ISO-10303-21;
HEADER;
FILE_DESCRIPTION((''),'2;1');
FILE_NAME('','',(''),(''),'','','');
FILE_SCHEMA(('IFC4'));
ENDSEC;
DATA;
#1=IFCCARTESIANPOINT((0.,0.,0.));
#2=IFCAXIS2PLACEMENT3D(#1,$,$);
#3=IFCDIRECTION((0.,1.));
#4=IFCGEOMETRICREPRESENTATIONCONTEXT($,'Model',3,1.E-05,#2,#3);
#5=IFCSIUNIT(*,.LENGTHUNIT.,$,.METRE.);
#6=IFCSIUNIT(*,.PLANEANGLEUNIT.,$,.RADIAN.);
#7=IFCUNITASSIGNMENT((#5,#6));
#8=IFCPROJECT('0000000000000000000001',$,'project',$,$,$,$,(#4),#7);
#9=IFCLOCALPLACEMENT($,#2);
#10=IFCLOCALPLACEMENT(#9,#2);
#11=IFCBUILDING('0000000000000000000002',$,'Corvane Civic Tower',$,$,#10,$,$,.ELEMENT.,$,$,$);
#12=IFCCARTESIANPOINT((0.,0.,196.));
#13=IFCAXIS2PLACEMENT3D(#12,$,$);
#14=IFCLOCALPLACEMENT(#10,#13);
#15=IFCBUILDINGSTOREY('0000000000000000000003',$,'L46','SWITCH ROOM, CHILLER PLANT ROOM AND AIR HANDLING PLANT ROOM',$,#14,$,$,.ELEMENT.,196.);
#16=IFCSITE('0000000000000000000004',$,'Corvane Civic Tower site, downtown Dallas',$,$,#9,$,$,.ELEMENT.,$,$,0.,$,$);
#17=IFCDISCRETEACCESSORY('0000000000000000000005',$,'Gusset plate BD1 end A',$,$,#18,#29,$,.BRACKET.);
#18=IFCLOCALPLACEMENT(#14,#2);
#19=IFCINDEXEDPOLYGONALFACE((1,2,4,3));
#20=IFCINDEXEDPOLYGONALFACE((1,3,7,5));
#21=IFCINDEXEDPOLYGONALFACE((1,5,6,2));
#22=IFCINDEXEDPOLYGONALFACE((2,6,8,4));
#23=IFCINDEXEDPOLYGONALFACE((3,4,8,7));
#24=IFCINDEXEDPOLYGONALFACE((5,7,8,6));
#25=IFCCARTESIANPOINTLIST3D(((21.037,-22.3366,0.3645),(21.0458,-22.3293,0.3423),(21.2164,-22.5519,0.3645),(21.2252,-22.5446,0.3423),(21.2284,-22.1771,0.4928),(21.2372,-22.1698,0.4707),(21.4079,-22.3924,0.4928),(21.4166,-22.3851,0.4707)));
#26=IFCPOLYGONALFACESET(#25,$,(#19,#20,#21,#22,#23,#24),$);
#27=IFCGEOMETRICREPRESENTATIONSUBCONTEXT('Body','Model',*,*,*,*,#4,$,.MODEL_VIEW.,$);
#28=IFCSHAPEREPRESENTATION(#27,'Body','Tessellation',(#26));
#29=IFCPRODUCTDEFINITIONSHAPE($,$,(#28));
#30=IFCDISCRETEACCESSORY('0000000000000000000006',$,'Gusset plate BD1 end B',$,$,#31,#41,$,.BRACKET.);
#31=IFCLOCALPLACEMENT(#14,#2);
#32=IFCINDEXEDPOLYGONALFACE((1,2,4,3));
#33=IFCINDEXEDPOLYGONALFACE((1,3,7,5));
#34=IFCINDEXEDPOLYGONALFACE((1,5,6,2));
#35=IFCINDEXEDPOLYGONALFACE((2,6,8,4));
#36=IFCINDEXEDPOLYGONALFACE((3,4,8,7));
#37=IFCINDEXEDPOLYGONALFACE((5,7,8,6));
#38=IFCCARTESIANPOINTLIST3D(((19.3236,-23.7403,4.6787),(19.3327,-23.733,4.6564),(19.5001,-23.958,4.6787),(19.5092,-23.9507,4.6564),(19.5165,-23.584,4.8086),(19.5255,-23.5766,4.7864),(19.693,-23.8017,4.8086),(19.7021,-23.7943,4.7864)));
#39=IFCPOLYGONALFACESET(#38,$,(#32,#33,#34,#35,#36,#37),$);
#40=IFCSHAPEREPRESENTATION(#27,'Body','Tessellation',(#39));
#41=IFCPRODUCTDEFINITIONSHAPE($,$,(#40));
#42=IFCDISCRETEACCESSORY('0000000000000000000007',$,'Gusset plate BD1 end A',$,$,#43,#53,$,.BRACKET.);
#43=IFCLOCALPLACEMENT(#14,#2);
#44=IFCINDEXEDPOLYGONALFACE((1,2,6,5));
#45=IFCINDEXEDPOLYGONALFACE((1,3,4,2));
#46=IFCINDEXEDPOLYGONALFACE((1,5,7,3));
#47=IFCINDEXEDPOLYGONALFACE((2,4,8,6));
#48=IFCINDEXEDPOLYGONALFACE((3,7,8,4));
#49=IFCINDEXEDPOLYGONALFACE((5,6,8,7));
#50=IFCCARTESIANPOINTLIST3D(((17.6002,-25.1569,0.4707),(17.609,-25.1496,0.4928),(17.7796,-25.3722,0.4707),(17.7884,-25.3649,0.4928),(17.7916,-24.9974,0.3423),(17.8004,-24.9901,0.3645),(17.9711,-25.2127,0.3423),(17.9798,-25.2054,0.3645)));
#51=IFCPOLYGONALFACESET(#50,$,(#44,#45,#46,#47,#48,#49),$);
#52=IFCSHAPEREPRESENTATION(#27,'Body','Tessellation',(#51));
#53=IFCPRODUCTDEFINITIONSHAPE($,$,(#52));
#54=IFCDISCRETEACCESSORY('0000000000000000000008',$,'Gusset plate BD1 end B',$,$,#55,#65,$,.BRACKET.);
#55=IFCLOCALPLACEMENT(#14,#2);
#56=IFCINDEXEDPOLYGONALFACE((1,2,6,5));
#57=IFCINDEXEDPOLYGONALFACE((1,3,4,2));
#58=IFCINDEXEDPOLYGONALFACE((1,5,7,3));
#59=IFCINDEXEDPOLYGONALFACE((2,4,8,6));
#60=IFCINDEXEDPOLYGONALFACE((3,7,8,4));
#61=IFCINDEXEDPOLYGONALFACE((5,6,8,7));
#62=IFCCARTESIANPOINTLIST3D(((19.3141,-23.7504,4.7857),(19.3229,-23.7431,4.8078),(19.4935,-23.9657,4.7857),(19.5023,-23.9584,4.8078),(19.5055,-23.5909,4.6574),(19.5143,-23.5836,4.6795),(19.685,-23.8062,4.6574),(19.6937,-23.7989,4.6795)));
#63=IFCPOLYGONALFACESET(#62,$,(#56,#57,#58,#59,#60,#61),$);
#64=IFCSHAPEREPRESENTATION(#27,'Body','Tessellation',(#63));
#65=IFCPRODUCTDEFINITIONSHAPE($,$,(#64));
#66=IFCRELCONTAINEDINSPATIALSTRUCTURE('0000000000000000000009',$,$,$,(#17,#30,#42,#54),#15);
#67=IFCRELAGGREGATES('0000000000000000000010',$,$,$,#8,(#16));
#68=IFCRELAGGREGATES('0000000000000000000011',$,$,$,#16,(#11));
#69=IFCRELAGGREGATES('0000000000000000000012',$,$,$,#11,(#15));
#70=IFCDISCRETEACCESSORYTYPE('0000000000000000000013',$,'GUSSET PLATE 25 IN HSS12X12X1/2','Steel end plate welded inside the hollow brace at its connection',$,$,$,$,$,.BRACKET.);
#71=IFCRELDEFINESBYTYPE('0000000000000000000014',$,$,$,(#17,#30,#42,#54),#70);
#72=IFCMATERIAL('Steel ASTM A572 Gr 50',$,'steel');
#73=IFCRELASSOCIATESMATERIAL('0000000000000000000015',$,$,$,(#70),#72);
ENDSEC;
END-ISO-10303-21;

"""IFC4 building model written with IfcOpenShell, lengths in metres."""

from ifc_helpers import new_model, si_unit, direction, frame, origin, origin_2d, place, context, subcontext, project, spatial, rectangle, extrude, material, material_profile, profile_set, type_object, element, save


model = new_model("IFC4")

# Units and contexts
model_context = context("Model", 3, precision=1e-05, world=origin(), true_north=direction((0.0, 1.0)))
body_context = subcontext(model_context, "Body", "Model", "MODEL_VIEW")
ifc_project = project(units=[si_unit("LENGTHUNIT", "METRE"), si_unit("PLANEANGLEUNIT", "RADIAN")], contexts=[model_context])

# Site, building, storey
site_placement = place(None, origin())
site = spatial("IfcSite", under=ifc_project, at=site_placement, Name="Corvane Civic Tower site, downtown Dallas", CompositionType="ELEMENT", RefElevation=0.0)
building_placement = place(site_placement, origin())
building = spatial("IfcBuilding", under=site, at=building_placement, Name="Corvane Civic Tower", CompositionType="ELEMENT")
storey_placement = place(building_placement, frame((0.0, 0.0, 196.0)))
storey = spatial("IfcBuildingStorey", under=building, at=storey_placement, Name="L46", Description="SWITCH ROOM, CHILLER PLANT ROOM AND AIR HANDLING PLANT ROOM", CompositionType="ELEMENT", Elevation=196.0)

# Discrete accessories
ifc_material_1 = material(Name="Steel ASTM A572 Gr 50", Category="steel")
ifc_material_profile_1 = material_profile(ifc_material_1, rectangle(XDim=0.2803, YDim=0.2803, at=origin_2d()), Name="GUSSET PLATE 25 IN HSS12X12X1/2")
ifc_profile_set_1 = profile_set([ifc_material_profile_1], Name="Steel ASTM A572 Gr 50")
discrete_accessory_type = type_object("IfcDiscreteAccessoryType", Name="GUSSET PLATE 25 IN HSS12X12X1/2", Description="Steel end plate welded inside the hollow brace at its connection", PredefinedType="BRACKET", material=ifc_profile_set_1)
discrete_accessory_1_placement = place(storey_placement, frame((21.2312, -22.3572, 0.4065), z_axis=(-0.351709, -0.293091, 0.889043), x_axis=(0.640184, -0.768221, 0.0)))
element("IfcDiscreteAccessory", 1, at=discrete_accessory_1_placement, inside=storey, type_object=discrete_accessory_type, Name="Gusset plate BD1 end A", PredefinedType="BRACKET", context=body_context, shape_type="SweptSolid", body=[
    extrude(rectangle(XDim=0.2803, YDim=0.2803, at=origin_2d()), origin(), (0.0, 0.0, 1.0), 0.0249),
])
discrete_accessory_2_placement = place(storey_placement, frame((19.5083, -23.771, 4.7437), z_axis=(0.360226, 0.292075, -0.885962), x_axis=(-0.629802, 0.776756, 0.0)))
element("IfcDiscreteAccessory", 2, at=discrete_accessory_2_placement, inside=storey, type_object=discrete_accessory_type, Name="Gusset plate BD1 end B", PredefinedType="BRACKET", context=body_context, shape_type="SweptSolid", body=[
    extrude(rectangle(XDim=0.2803, YDim=0.2803, at=origin_2d()), origin(), (0.0, 0.0, 1.0), 0.0251),
])
for number, where, z_axis, x_axis, name in (
    (3, (17.7856, -25.1848, 0.4065), (0.351709, 0.293091, 0.889043), (-0.640184, 0.768221, 0.0), "Gusset plate BD1 end A"),
    (4, (19.5083, -23.771, 4.7437), (-0.351709, -0.293091, -0.889043), (0.640184, -0.768221, 0.0), "Gusset plate BD1 end B"),
):
    element("IfcDiscreteAccessory", number, at=place(storey_placement, frame(where, z_axis=z_axis, x_axis=x_axis)), inside=storey, type_object=discrete_accessory_type, Name=name, PredefinedType="BRACKET", context=body_context, shape_type="SweptSolid", body=[
        extrude(rectangle(XDim=0.2803, YDim=0.2803, at=origin_2d()), origin(), (0.0, 0.0, 1.0), 0.0249),
    ])

save(model, "model.ifc")
